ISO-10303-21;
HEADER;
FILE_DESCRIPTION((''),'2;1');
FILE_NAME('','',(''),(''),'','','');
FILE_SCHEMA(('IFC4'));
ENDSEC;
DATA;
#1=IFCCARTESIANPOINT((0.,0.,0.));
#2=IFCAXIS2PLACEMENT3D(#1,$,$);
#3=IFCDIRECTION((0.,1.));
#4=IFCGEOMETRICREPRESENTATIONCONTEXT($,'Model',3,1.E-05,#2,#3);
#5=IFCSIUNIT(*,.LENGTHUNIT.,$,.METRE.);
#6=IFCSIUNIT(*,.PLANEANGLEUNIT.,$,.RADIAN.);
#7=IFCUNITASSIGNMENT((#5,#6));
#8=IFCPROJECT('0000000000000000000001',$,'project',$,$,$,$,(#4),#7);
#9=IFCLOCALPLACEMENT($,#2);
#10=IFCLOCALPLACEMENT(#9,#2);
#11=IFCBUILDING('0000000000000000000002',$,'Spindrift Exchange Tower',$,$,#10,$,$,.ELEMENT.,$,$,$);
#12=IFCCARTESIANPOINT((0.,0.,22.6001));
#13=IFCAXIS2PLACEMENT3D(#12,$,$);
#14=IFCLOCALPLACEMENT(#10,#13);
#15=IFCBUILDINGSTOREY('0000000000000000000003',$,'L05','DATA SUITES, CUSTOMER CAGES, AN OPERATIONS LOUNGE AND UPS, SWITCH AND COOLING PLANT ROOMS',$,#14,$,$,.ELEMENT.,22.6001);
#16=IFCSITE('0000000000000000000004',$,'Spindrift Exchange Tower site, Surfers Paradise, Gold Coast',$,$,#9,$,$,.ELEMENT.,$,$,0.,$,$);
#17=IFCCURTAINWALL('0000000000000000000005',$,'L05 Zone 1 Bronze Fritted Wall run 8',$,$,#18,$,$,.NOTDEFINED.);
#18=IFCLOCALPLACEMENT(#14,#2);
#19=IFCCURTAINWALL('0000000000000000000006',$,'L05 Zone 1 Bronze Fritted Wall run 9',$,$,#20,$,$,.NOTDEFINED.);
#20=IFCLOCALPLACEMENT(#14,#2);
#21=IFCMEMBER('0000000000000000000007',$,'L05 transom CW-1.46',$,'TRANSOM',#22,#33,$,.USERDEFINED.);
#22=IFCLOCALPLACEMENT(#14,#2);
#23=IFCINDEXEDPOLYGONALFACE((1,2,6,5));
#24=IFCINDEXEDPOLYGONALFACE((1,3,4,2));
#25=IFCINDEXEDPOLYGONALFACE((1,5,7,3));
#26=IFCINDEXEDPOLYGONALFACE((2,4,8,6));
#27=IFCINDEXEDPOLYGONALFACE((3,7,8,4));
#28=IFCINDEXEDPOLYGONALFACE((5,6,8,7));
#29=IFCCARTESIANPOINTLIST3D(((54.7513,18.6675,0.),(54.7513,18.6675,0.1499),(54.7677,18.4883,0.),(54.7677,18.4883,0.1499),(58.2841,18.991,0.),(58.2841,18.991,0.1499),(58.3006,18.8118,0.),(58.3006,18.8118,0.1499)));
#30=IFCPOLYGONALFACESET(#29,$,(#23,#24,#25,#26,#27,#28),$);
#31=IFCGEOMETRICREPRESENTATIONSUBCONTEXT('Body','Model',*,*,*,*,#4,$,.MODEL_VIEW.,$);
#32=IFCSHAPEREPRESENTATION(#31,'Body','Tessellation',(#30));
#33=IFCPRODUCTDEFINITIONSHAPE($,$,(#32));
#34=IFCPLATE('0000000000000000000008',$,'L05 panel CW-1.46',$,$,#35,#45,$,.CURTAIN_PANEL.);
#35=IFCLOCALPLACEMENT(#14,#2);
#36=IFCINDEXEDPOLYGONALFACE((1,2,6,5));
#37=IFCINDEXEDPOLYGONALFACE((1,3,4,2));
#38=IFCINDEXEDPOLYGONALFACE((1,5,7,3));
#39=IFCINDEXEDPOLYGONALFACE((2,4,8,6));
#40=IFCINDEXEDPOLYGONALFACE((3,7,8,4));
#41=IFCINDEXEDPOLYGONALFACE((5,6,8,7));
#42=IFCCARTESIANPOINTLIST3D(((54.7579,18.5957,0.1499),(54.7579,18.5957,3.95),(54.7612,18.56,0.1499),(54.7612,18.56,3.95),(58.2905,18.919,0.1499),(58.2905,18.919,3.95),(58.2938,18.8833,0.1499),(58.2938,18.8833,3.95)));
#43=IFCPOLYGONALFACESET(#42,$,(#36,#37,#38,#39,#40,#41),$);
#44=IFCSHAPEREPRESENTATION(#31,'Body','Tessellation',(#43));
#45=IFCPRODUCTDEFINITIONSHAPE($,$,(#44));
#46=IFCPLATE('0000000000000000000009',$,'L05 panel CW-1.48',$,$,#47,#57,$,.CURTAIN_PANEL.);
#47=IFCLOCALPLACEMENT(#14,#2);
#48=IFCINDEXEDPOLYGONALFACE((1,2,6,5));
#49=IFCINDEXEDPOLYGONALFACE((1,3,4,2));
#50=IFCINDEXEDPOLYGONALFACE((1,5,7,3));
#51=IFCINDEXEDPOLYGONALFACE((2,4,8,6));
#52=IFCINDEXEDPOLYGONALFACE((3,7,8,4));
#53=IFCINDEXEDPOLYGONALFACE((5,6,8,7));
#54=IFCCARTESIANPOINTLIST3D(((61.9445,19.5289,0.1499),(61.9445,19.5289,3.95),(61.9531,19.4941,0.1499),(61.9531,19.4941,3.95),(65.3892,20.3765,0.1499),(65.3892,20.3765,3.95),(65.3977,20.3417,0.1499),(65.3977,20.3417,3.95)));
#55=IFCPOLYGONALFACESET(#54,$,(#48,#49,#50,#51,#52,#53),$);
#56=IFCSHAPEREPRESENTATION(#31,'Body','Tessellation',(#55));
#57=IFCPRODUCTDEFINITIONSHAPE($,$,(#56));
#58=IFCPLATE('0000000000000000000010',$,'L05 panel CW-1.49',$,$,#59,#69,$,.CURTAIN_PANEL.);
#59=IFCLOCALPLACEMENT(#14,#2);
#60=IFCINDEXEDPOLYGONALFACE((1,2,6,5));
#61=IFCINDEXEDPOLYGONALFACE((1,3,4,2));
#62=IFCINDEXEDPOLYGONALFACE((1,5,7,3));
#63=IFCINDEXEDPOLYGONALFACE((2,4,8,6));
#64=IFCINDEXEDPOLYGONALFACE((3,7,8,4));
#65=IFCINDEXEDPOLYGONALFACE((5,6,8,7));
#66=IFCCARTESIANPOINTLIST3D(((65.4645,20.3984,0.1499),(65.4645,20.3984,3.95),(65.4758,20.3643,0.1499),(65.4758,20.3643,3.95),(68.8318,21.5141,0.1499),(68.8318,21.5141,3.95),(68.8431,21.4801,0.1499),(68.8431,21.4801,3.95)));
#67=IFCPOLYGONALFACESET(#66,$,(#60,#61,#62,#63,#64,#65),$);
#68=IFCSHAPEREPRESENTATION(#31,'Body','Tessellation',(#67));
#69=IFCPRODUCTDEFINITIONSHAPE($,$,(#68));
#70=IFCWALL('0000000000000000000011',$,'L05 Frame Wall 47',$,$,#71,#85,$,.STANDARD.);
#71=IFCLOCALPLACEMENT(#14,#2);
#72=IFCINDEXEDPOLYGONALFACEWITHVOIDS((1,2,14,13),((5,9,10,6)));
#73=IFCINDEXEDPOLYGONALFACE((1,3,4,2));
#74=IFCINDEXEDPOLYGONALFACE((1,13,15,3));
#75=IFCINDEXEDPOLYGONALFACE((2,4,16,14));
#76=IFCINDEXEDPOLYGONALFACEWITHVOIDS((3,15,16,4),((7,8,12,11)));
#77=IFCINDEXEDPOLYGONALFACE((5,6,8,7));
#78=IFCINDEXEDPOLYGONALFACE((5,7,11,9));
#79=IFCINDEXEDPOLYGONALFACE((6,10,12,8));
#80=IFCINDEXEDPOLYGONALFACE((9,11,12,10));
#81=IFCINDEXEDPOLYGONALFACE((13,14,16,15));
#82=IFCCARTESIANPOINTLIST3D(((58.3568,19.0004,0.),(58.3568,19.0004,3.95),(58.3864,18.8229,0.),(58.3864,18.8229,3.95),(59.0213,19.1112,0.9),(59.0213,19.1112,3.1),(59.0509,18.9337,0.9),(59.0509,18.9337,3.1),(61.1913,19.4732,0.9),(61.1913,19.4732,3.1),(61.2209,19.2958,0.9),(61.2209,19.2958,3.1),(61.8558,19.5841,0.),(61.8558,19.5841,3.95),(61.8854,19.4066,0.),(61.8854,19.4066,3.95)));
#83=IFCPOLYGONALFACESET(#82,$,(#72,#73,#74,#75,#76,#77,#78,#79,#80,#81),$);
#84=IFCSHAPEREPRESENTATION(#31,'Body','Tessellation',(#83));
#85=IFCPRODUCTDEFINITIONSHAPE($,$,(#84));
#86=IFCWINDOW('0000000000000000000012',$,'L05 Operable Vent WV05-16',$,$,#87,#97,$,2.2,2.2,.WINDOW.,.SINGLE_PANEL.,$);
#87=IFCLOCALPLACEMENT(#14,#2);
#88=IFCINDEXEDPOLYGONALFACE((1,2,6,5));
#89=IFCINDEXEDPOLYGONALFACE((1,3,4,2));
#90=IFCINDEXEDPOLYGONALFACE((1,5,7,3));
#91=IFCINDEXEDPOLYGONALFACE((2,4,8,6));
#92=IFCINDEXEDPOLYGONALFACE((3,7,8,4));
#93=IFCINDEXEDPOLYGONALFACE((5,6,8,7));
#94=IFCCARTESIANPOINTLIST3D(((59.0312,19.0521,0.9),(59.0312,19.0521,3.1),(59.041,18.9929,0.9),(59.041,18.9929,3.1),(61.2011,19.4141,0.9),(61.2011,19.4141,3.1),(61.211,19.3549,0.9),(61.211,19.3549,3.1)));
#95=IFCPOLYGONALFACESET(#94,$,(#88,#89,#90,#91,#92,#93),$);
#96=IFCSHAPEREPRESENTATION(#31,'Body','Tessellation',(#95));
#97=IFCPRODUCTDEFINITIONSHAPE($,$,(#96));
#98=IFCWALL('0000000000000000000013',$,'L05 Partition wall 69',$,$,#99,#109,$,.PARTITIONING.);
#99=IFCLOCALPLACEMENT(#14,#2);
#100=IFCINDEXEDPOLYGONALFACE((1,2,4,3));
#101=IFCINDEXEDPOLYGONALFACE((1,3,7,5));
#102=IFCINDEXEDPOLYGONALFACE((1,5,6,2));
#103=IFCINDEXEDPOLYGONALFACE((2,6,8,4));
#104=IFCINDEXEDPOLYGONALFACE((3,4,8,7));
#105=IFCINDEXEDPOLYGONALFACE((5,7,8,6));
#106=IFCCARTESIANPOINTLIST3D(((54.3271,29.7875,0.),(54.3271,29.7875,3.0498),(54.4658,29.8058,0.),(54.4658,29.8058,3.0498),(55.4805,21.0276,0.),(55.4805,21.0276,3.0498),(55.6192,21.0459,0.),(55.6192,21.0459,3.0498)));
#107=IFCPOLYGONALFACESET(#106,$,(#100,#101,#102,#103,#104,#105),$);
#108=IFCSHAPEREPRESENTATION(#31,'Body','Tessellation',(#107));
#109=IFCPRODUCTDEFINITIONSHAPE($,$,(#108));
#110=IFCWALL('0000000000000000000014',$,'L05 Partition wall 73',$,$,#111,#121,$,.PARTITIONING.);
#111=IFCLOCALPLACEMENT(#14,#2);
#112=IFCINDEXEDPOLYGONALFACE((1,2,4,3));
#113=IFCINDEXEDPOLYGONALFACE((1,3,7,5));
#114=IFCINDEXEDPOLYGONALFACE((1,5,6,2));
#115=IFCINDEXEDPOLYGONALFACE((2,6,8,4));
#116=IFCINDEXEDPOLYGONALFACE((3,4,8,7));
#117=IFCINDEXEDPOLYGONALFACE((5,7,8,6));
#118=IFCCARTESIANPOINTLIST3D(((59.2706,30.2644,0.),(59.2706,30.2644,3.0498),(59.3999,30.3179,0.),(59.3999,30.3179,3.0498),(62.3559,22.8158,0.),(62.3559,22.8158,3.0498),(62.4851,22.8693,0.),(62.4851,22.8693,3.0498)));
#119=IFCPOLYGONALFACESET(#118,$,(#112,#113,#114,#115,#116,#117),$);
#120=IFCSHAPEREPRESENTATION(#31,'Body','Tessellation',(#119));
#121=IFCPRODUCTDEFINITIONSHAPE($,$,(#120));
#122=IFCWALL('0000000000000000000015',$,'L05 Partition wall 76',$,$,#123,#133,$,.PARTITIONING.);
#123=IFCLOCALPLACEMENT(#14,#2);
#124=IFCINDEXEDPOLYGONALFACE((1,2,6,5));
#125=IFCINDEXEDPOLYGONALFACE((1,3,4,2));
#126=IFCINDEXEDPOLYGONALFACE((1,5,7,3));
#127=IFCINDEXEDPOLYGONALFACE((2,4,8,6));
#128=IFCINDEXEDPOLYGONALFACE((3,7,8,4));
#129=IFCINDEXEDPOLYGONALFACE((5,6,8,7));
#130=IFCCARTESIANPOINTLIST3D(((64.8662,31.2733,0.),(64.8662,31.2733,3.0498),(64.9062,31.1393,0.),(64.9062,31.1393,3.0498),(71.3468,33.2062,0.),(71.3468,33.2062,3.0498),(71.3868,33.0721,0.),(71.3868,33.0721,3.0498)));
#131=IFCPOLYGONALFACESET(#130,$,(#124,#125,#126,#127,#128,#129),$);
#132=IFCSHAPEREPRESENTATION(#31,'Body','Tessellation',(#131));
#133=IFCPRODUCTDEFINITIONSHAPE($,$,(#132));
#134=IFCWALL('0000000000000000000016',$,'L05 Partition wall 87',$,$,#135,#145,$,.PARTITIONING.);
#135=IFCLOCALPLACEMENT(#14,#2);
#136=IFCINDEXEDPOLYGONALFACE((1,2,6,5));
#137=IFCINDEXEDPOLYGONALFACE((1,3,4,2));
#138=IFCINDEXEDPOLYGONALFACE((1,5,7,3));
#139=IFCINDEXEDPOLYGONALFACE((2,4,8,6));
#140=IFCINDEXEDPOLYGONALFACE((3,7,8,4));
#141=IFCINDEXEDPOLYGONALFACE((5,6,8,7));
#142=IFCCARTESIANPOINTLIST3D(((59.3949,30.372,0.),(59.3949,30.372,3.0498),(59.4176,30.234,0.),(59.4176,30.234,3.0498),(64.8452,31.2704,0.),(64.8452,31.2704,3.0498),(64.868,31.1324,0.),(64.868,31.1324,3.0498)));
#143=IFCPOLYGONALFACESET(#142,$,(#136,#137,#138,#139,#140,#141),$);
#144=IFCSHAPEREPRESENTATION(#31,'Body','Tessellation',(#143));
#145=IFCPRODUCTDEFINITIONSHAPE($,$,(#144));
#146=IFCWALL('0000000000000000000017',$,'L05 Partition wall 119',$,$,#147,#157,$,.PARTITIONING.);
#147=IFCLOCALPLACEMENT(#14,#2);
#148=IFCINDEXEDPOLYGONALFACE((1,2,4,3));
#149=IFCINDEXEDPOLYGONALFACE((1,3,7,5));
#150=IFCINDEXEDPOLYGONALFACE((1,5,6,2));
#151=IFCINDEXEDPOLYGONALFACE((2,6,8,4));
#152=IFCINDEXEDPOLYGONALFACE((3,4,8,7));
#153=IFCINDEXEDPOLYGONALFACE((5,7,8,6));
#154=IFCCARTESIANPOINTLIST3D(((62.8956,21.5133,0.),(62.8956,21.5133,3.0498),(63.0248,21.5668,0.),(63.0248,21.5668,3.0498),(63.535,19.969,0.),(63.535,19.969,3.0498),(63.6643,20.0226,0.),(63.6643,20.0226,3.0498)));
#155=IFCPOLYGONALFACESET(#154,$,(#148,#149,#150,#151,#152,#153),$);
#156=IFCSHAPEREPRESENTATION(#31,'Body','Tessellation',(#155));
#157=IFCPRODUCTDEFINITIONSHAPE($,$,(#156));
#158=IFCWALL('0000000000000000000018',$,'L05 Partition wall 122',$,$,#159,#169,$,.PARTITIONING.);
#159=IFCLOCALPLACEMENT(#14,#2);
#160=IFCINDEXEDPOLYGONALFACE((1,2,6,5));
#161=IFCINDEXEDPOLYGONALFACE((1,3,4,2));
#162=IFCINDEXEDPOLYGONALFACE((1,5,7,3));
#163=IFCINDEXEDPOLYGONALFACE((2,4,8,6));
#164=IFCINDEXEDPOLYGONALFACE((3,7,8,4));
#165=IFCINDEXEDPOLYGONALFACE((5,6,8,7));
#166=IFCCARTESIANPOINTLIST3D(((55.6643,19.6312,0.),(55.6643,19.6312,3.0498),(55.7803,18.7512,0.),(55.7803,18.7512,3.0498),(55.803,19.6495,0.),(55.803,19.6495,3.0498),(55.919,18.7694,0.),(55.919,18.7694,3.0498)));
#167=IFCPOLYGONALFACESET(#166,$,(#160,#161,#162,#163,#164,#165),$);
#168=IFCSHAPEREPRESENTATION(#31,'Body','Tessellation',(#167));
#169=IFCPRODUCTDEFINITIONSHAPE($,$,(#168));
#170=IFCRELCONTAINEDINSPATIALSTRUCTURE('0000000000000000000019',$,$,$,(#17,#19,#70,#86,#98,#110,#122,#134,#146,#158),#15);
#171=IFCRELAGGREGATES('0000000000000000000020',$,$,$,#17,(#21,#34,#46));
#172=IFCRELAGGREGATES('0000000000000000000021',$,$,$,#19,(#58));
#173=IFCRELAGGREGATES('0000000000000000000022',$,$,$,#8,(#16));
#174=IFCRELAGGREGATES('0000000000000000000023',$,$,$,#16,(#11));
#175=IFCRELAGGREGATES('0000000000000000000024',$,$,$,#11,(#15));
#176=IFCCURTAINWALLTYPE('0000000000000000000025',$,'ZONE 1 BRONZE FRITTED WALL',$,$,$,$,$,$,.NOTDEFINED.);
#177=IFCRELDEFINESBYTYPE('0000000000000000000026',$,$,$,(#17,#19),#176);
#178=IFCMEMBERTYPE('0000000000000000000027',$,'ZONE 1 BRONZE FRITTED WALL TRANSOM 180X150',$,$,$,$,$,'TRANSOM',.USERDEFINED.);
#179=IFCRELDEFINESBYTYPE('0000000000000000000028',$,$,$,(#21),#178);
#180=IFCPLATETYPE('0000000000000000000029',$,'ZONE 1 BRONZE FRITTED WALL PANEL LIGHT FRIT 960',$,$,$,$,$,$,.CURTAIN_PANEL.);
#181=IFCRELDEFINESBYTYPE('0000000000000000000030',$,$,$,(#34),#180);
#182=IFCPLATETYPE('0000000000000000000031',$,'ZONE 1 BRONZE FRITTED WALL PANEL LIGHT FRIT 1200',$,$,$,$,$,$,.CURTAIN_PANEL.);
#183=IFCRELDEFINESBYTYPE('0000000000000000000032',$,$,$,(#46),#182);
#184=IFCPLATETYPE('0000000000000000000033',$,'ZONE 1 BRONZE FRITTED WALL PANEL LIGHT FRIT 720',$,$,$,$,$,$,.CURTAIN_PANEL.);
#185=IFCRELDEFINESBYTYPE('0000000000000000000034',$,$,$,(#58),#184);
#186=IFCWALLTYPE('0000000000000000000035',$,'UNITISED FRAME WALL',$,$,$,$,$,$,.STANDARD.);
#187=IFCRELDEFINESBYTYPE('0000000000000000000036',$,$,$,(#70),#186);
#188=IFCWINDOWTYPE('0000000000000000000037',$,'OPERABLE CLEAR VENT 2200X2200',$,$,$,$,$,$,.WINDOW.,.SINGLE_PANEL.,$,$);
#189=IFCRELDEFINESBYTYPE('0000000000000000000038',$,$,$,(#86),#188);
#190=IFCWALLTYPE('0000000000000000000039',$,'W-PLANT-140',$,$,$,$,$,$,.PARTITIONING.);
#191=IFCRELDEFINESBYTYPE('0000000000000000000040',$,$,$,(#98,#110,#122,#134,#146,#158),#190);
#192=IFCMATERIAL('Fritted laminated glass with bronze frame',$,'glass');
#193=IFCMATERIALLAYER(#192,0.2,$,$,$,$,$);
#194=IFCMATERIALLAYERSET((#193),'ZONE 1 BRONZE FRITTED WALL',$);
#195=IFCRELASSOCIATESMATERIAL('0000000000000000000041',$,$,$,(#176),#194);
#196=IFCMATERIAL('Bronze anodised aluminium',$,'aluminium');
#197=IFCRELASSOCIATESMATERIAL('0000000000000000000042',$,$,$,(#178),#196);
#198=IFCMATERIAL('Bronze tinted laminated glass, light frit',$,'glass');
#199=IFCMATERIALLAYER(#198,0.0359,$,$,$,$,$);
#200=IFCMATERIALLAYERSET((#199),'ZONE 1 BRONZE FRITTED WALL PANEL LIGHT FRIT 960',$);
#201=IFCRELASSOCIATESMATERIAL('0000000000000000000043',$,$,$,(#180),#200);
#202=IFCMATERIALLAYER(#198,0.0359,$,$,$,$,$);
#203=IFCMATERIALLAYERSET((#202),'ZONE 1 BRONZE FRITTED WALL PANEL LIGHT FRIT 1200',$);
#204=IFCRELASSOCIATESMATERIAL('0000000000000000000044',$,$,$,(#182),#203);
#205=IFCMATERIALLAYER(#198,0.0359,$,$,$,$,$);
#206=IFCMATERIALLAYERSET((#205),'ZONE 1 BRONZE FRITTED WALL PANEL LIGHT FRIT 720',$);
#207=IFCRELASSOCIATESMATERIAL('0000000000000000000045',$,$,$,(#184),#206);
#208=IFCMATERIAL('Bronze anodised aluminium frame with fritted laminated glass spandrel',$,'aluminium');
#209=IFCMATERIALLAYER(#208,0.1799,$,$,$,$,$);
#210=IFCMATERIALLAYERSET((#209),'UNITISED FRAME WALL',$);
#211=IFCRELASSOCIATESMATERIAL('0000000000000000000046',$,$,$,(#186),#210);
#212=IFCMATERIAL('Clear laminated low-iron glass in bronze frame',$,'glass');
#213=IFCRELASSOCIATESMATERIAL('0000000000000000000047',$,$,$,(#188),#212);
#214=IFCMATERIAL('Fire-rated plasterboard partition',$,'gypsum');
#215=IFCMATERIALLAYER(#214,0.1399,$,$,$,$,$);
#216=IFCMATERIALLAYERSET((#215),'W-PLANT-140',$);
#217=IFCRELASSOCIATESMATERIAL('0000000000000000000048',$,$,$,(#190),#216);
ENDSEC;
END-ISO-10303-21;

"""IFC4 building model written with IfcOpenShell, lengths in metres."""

from ifc_helpers import new_model, si_unit, direction, frame, frame_2d, origin, origin_2d, place, context, subcontext, project, spatial, rectangle, extrude, source, transform, mapped, material, layer, layer_set, material_profile, profile_set, type_object, element, fill, aggregate, save


model = new_model("IFC4")

# Units and contexts
model_context = context("Model", 3, precision=1e-05, world=origin(), true_north=direction((0.0, 1.0)))
body_context = subcontext(model_context, "Body", "Model", "MODEL_VIEW")
ifc_project = project(units=[si_unit("LENGTHUNIT", "METRE"), si_unit("PLANEANGLEUNIT", "RADIAN")], contexts=[model_context])

# Site, building, storey
site_placement = place(None, origin())
site = spatial("IfcSite", under=ifc_project, at=site_placement, Name="Spindrift Exchange Tower site, Surfers Paradise, Gold Coast", CompositionType="ELEMENT", RefElevation=0.0)
building_placement = place(site_placement, origin())
building = spatial("IfcBuilding", under=site, at=building_placement, Name="Spindrift Exchange Tower", CompositionType="ELEMENT")
storey_placement = place(building_placement, frame((0.0, 0.0, 22.6001)))
storey = spatial("IfcBuildingStorey", under=building, at=storey_placement, Name="L05", Description="DATA SUITES, CUSTOMER CAGES, AN OPERATIONS LOUNGE AND UPS, SWITCH AND COOLING PLANT ROOMS", CompositionType="ELEMENT", Elevation=22.6001)

# Curtain wall
ifc_material_1 = material(Name="Fritted laminated glass with bronze frame", Category="glass")
ifc_layer_1 = layer(ifc_material_1, 0.2)
ifc_layer_set_1 = layer_set([ifc_layer_1], Name="ZONE 1 BRONZE FRITTED WALL")
curtain_wall_type = type_object("IfcCurtainWallType", Name="ZONE 1 BRONZE FRITTED WALL", PredefinedType="NOTDEFINED", material=ifc_layer_set_1)
curtain_wall_1_placement = place(storey_placement, origin())
curtain_wall_1 = element("IfcCurtainWall", 1, at=curtain_wall_1_placement, inside=storey, type_object=curtain_wall_type, Name="L05 Zone 1 Bronze Fritted Wall run 8", PredefinedType="NOTDEFINED")
ifc_material_2 = material(Name="Bronze anodised aluminium", Category="aluminium")

# Curtain wall
curtain_wall_2_placement = place(storey_placement, origin())
curtain_wall_2 = element("IfcCurtainWall", 2, at=curtain_wall_2_placement, inside=storey, type_object=curtain_wall_type, Name="L05 Zone 1 Bronze Fritted Wall run 9", PredefinedType="NOTDEFINED")

# Member
ifc_material_profile_1 = material_profile(ifc_material_2, rectangle(XDim=0.1799, YDim=0.1499, at=origin_2d()), Name="ZONE 1 BRONZE FRITTED WALL TRANSOM 180X150")
ifc_profile_set_1 = profile_set([ifc_material_profile_1], Name="Bronze anodised aluminium")
member_type_1 = type_object("IfcMemberType", Name="ZONE 1 BRONZE FRITTED WALL TRANSOM 180X150", ElementType="TRANSOM", PredefinedType="USERDEFINED", material=ifc_profile_set_1)
shared_shape_1 = source(origin(), body_context, "Body", "SweptSolid", [
    extrude(rectangle(XDim=0.1799, YDim=0.1499, at=origin_2d()), origin(), (0.0, 0.0, 1.0), 3.5476),
])
member_1_placement = place(storey_placement, frame((54.7595, 18.5779, 0.075), z_axis=(0.995834, 0.091187, 0.0), x_axis=(-0.091187, 0.995834, 0.0)))
member_1 = element("IfcMember", 3, at=member_1_placement, type_object=member_type_1, Name="L05 transom CW-1.46", ObjectType="TRANSOM", PredefinedType="USERDEFINED", context=body_context, shape_type="MappedRepresentation", body=[
    mapped(shared_shape_1, transform((0.0, 0.0, 0.0), scale=1.0)),
])

# Plates
ifc_material_3 = material(Name="Bronze tinted laminated glass, light frit", Category="glass")
ifc_layer_2 = layer(ifc_material_3, 0.0359)
ifc_layer_set_2 = layer_set([ifc_layer_2], Name="ZONE 1 BRONZE FRITTED WALL PANEL LIGHT FRIT 960")
plate_type_1 = type_object("IfcPlateType", Name="ZONE 1 BRONZE FRITTED WALL PANEL LIGHT FRIT 960", PredefinedType="CURTAIN_PANEL", material=ifc_layer_set_2)
shared_shape_2 = source(origin(), body_context, "Body", "SweptSolid", [
    extrude(rectangle(XDim=3.5474, YDim=0.0359, at=origin_2d()), origin(), (0.0, 0.0, 1.0), 3.8),
])
plate_1_placement = place(storey_placement, frame((56.5259, 18.7395, 0.1499), z_axis=(0.0, 0.0, 1.0), x_axis=(0.995838, 0.09114, 0.0)))
plate_1 = element("IfcPlate", 4, at=plate_1_placement, type_object=plate_type_1, Name="L05 panel CW-1.46", PredefinedType="CURTAIN_PANEL", context=body_context, shape_type="MappedRepresentation", body=[
    mapped(shared_shape_2, transform((0.0, 0.0, 0.0), scale=1.0)),
])
ifc_layer_3 = layer(ifc_material_3, 0.0359)
ifc_layer_set_3 = layer_set([ifc_layer_3], Name="ZONE 1 BRONZE FRITTED WALL PANEL LIGHT FRIT 1200")
plate_type_2 = type_object("IfcPlateType", Name="ZONE 1 BRONZE FRITTED WALL PANEL LIGHT FRIT 1200", PredefinedType="CURTAIN_PANEL", material=ifc_layer_set_3)
shared_shape_3 = source(origin(), body_context, "Body", "SweptSolid", [
    extrude(rectangle(XDim=3.5474, YDim=0.0359, at=origin_2d()), origin(), (0.0, 0.0, 1.0), 3.8),
])
plate_2_placement = place(storey_placement, frame((63.6711, 19.9353, 0.1499), z_axis=(0.0, 0.0, 1.0), x_axis=(0.971034, 0.23894, 0.0)))
plate_2 = element("IfcPlate", 5, at=plate_2_placement, type_object=plate_type_2, Name="L05 panel CW-1.48", PredefinedType="CURTAIN_PANEL", context=body_context, shape_type="MappedRepresentation", body=[
    mapped(shared_shape_3, transform((0.0, 0.0, 0.0), scale=1.0)),
])
aggregate(curtain_wall_1, [member_1, plate_1, plate_2])
ifc_layer_4 = layer(ifc_material_3, 0.0359)
ifc_layer_set_4 = layer_set([ifc_layer_4], Name="ZONE 1 BRONZE FRITTED WALL PANEL LIGHT FRIT 720")
plate_type_3 = type_object("IfcPlateType", Name="ZONE 1 BRONZE FRITTED WALL PANEL LIGHT FRIT 720", PredefinedType="CURTAIN_PANEL", material=ifc_layer_set_4)
shared_shape_4 = source(origin(), body_context, "Body", "SweptSolid", [
    extrude(rectangle(XDim=3.5474, YDim=0.0359, at=origin_2d()), origin(), (0.0, 0.0, 1.0), 3.8),
])
plate_3_placement = place(storey_placement, frame((67.1538, 20.9392, 0.1499), z_axis=(0.0, 0.0, 1.0), x_axis=(0.949247, 0.314533, 0.0)))
plate_3 = element("IfcPlate", 6, at=plate_3_placement, type_object=plate_type_3, Name="L05 panel CW-1.49", PredefinedType="CURTAIN_PANEL", context=body_context, shape_type="MappedRepresentation", body=[
    mapped(shared_shape_4, transform((0.0, 0.0, 0.0), scale=1.0)),
])
aggregate(curtain_wall_2, [plate_3])

# Wall, opening, window
ifc_material_4 = material(Name="Bronze anodised aluminium frame with fritted laminated glass spandrel", Category="aluminium")
ifc_layer_5 = layer(ifc_material_4, 0.1799)
ifc_layer_set_5 = layer_set([ifc_layer_5], Name="UNITISED FRAME WALL")
wall_type_1 = type_object("IfcWallType", Name="UNITISED FRAME WALL", PredefinedType="STANDARD", material=ifc_layer_set_5)
wall_1_placement = place(storey_placement, frame((58.3716, 18.9116, 0.0), z_axis=(0.0, 0.0, 1.0), x_axis=(0.986368, 0.164555, 0.0)))
wall_1 = element("IfcWall", 7, at=wall_1_placement, inside=storey, type_object=wall_type_1, Name="L05 Frame Wall 47", PredefinedType="STANDARD", context=body_context, shape_type="SweptSolid", body=[
    extrude(rectangle(XDim=3.5474, YDim=0.1799, at=frame_2d((1.7737, 0.0))), origin(), (0.0, 0.0, 1.0), 3.95),
])
opening_placement = place(wall_1_placement, frame((0.6736, 0.0, 0.8999)))
opening = element("IfcOpeningElement", 8, at=opening_placement, cuts=wall_1, PredefinedType="OPENING", context=body_context, shape_type="SweptSolid", body=[
    extrude(rectangle(XDim=2.2, YDim=2.2, at=frame_2d((1.1001, 1.1001))), frame((0.0, 0.0999, 0.0), z_axis=(0.0, -1.0, 0.0), x_axis=(1.0, 0.0, 0.0)), (0.0, 0.0, 1.0), 0.2),
])
ifc_material_5 = material(Name="Clear laminated low-iron glass in bronze frame", Category="glass")
window_type = type_object("IfcWindowType", Name="OPERABLE CLEAR VENT 2200X2200", PartitioningType="SINGLE_PANEL", PredefinedType="WINDOW", material=ifc_material_5)
shared_shape_5 = source(origin(), body_context, "Body", "SweptSolid", [
    extrude(rectangle(XDim=2.2, YDim=2.2, at=frame_2d((1.1001, 1.1001))), frame((0.0, 0.03, 0.0), z_axis=(0.0, -1.0, 0.0), x_axis=(1.0, 0.0, 0.0)), (0.0, 0.0, 1.0), 0.0601),
])
window_placement = place(opening_placement, origin())
window = element("IfcWindow", 9, at=window_placement, inside=storey, type_object=window_type, Name="L05 Operable Vent WV05-16", OverallHeight=2.2, OverallWidth=2.2, PartitioningType="SINGLE_PANEL", PredefinedType="WINDOW", context=body_context, shape_type="MappedRepresentation", body=[
    mapped(shared_shape_5, transform((0.0, 0.0, 0.0), scale=1.0)),
])
fill(opening, window)

# Walls
ifc_material_6 = material(Name="Fire-rated plasterboard partition", Category="gypsum")
ifc_layer_6 = layer(ifc_material_6, 0.1399)
ifc_layer_set_6 = layer_set([ifc_layer_6], Name="W-PLANT-140")
wall_type_2 = type_object("IfcWallType", Name="W-PLANT-140", PredefinedType="PARTITIONING", material=ifc_layer_set_6)
wall_2_placement = place(storey_placement, frame((54.3965, 29.7966, 0.0), z_axis=(0.0, 0.0, 1.0), x_axis=(0.130535, -0.991444, 0.0)))
element("IfcWall", 10, at=wall_2_placement, inside=storey, type_object=wall_type_2, Name="L05 Partition wall 69", PredefinedType="PARTITIONING", context=body_context, shape_type="SweptSolid", body=[
    extrude(rectangle(XDim=8.8354, YDim=0.1399, at=frame_2d((4.4177, 0.0))), origin(), (0.0, 0.0, 1.0), 3.0498),
])
wall_3_placement = place(storey_placement, frame((59.3352, 30.2913, 0.0), z_axis=(0.0, 0.0, 1.0), x_axis=(0.382677, -0.923882, 0.0)))
element("IfcWall", 11, at=wall_3_placement, inside=storey, type_object=wall_type_2, Name="L05 Partition wall 73", PredefinedType="PARTITIONING", context=body_context, shape_type="SweptSolid", body=[
    extrude(rectangle(XDim=8.0623, YDim=0.1399, at=frame_2d((4.0312, 0.0))), origin(), (0.0, 0.0, 1.0), 3.0498),
])
wall_4_placement = place(storey_placement, frame((64.8862, 31.2063, 0.0), z_axis=(0.0, 0.0, 1.0), x_axis=(0.958287, 0.285807, 0.0)))
element("IfcWall", 12, at=wall_4_placement, inside=storey, type_object=wall_type_2, Name="L05 Partition wall 76", PredefinedType="PARTITIONING", context=body_context, shape_type="SweptSolid", body=[
    extrude(rectangle(XDim=6.7627, YDim=0.1399, at=frame_2d((3.3813, 0.0))), origin(), (0.0, 0.0, 1.0), 3.0498),
])
wall_5_placement = place(storey_placement, frame((59.4062, 30.303, 0.0), z_axis=(0.0, 0.0, 1.0), x_axis=(0.986685, 0.162643, 0.0)))
element("IfcWall", 13, at=wall_5_placement, inside=storey, type_object=wall_type_2, Name="L05 Partition wall 87", PredefinedType="PARTITIONING", context=body_context, shape_type="SweptSolid", body=[
    extrude(rectangle(XDim=5.5239, YDim=0.1399, at=frame_2d((2.762, 0.0))), origin(), (0.0, 0.0, 1.0), 3.0498),
])
wall_6_placement = place(storey_placement, frame((62.9602, 21.54, 0.0), z_axis=(0.0, 0.0, 1.0), x_axis=(0.382571, -0.923926, 0.0)))
element("IfcWall", 14, at=wall_6_placement, inside=storey, type_object=wall_type_2, Name="L05 Partition wall 119", PredefinedType="PARTITIONING", context=body_context, shape_type="SweptSolid", body=[
    extrude(rectangle(XDim=1.6714, YDim=0.1399, at=frame_2d((0.8357, 0.0))), origin(), (0.0, 0.0, 1.0), 3.0498),
])
wall_7_placement = place(storey_placement, frame((55.7336, 19.6404, 0.0), z_axis=(0.0, 0.0, 1.0), x_axis=(0.130632, -0.991431, 0.0)))
element("IfcWall", 15, at=wall_7_placement, inside=storey, type_object=wall_type_2, Name="L05 Partition wall 122", PredefinedType="PARTITIONING", context=body_context, shape_type="SweptSolid", body=[
    extrude(rectangle(XDim=0.8877, YDim=0.1399, at=frame_2d((0.4438, 0.0))), origin(), (0.0, 0.0, 1.0), 3.0498),
])

save(model, "model.ifc")
